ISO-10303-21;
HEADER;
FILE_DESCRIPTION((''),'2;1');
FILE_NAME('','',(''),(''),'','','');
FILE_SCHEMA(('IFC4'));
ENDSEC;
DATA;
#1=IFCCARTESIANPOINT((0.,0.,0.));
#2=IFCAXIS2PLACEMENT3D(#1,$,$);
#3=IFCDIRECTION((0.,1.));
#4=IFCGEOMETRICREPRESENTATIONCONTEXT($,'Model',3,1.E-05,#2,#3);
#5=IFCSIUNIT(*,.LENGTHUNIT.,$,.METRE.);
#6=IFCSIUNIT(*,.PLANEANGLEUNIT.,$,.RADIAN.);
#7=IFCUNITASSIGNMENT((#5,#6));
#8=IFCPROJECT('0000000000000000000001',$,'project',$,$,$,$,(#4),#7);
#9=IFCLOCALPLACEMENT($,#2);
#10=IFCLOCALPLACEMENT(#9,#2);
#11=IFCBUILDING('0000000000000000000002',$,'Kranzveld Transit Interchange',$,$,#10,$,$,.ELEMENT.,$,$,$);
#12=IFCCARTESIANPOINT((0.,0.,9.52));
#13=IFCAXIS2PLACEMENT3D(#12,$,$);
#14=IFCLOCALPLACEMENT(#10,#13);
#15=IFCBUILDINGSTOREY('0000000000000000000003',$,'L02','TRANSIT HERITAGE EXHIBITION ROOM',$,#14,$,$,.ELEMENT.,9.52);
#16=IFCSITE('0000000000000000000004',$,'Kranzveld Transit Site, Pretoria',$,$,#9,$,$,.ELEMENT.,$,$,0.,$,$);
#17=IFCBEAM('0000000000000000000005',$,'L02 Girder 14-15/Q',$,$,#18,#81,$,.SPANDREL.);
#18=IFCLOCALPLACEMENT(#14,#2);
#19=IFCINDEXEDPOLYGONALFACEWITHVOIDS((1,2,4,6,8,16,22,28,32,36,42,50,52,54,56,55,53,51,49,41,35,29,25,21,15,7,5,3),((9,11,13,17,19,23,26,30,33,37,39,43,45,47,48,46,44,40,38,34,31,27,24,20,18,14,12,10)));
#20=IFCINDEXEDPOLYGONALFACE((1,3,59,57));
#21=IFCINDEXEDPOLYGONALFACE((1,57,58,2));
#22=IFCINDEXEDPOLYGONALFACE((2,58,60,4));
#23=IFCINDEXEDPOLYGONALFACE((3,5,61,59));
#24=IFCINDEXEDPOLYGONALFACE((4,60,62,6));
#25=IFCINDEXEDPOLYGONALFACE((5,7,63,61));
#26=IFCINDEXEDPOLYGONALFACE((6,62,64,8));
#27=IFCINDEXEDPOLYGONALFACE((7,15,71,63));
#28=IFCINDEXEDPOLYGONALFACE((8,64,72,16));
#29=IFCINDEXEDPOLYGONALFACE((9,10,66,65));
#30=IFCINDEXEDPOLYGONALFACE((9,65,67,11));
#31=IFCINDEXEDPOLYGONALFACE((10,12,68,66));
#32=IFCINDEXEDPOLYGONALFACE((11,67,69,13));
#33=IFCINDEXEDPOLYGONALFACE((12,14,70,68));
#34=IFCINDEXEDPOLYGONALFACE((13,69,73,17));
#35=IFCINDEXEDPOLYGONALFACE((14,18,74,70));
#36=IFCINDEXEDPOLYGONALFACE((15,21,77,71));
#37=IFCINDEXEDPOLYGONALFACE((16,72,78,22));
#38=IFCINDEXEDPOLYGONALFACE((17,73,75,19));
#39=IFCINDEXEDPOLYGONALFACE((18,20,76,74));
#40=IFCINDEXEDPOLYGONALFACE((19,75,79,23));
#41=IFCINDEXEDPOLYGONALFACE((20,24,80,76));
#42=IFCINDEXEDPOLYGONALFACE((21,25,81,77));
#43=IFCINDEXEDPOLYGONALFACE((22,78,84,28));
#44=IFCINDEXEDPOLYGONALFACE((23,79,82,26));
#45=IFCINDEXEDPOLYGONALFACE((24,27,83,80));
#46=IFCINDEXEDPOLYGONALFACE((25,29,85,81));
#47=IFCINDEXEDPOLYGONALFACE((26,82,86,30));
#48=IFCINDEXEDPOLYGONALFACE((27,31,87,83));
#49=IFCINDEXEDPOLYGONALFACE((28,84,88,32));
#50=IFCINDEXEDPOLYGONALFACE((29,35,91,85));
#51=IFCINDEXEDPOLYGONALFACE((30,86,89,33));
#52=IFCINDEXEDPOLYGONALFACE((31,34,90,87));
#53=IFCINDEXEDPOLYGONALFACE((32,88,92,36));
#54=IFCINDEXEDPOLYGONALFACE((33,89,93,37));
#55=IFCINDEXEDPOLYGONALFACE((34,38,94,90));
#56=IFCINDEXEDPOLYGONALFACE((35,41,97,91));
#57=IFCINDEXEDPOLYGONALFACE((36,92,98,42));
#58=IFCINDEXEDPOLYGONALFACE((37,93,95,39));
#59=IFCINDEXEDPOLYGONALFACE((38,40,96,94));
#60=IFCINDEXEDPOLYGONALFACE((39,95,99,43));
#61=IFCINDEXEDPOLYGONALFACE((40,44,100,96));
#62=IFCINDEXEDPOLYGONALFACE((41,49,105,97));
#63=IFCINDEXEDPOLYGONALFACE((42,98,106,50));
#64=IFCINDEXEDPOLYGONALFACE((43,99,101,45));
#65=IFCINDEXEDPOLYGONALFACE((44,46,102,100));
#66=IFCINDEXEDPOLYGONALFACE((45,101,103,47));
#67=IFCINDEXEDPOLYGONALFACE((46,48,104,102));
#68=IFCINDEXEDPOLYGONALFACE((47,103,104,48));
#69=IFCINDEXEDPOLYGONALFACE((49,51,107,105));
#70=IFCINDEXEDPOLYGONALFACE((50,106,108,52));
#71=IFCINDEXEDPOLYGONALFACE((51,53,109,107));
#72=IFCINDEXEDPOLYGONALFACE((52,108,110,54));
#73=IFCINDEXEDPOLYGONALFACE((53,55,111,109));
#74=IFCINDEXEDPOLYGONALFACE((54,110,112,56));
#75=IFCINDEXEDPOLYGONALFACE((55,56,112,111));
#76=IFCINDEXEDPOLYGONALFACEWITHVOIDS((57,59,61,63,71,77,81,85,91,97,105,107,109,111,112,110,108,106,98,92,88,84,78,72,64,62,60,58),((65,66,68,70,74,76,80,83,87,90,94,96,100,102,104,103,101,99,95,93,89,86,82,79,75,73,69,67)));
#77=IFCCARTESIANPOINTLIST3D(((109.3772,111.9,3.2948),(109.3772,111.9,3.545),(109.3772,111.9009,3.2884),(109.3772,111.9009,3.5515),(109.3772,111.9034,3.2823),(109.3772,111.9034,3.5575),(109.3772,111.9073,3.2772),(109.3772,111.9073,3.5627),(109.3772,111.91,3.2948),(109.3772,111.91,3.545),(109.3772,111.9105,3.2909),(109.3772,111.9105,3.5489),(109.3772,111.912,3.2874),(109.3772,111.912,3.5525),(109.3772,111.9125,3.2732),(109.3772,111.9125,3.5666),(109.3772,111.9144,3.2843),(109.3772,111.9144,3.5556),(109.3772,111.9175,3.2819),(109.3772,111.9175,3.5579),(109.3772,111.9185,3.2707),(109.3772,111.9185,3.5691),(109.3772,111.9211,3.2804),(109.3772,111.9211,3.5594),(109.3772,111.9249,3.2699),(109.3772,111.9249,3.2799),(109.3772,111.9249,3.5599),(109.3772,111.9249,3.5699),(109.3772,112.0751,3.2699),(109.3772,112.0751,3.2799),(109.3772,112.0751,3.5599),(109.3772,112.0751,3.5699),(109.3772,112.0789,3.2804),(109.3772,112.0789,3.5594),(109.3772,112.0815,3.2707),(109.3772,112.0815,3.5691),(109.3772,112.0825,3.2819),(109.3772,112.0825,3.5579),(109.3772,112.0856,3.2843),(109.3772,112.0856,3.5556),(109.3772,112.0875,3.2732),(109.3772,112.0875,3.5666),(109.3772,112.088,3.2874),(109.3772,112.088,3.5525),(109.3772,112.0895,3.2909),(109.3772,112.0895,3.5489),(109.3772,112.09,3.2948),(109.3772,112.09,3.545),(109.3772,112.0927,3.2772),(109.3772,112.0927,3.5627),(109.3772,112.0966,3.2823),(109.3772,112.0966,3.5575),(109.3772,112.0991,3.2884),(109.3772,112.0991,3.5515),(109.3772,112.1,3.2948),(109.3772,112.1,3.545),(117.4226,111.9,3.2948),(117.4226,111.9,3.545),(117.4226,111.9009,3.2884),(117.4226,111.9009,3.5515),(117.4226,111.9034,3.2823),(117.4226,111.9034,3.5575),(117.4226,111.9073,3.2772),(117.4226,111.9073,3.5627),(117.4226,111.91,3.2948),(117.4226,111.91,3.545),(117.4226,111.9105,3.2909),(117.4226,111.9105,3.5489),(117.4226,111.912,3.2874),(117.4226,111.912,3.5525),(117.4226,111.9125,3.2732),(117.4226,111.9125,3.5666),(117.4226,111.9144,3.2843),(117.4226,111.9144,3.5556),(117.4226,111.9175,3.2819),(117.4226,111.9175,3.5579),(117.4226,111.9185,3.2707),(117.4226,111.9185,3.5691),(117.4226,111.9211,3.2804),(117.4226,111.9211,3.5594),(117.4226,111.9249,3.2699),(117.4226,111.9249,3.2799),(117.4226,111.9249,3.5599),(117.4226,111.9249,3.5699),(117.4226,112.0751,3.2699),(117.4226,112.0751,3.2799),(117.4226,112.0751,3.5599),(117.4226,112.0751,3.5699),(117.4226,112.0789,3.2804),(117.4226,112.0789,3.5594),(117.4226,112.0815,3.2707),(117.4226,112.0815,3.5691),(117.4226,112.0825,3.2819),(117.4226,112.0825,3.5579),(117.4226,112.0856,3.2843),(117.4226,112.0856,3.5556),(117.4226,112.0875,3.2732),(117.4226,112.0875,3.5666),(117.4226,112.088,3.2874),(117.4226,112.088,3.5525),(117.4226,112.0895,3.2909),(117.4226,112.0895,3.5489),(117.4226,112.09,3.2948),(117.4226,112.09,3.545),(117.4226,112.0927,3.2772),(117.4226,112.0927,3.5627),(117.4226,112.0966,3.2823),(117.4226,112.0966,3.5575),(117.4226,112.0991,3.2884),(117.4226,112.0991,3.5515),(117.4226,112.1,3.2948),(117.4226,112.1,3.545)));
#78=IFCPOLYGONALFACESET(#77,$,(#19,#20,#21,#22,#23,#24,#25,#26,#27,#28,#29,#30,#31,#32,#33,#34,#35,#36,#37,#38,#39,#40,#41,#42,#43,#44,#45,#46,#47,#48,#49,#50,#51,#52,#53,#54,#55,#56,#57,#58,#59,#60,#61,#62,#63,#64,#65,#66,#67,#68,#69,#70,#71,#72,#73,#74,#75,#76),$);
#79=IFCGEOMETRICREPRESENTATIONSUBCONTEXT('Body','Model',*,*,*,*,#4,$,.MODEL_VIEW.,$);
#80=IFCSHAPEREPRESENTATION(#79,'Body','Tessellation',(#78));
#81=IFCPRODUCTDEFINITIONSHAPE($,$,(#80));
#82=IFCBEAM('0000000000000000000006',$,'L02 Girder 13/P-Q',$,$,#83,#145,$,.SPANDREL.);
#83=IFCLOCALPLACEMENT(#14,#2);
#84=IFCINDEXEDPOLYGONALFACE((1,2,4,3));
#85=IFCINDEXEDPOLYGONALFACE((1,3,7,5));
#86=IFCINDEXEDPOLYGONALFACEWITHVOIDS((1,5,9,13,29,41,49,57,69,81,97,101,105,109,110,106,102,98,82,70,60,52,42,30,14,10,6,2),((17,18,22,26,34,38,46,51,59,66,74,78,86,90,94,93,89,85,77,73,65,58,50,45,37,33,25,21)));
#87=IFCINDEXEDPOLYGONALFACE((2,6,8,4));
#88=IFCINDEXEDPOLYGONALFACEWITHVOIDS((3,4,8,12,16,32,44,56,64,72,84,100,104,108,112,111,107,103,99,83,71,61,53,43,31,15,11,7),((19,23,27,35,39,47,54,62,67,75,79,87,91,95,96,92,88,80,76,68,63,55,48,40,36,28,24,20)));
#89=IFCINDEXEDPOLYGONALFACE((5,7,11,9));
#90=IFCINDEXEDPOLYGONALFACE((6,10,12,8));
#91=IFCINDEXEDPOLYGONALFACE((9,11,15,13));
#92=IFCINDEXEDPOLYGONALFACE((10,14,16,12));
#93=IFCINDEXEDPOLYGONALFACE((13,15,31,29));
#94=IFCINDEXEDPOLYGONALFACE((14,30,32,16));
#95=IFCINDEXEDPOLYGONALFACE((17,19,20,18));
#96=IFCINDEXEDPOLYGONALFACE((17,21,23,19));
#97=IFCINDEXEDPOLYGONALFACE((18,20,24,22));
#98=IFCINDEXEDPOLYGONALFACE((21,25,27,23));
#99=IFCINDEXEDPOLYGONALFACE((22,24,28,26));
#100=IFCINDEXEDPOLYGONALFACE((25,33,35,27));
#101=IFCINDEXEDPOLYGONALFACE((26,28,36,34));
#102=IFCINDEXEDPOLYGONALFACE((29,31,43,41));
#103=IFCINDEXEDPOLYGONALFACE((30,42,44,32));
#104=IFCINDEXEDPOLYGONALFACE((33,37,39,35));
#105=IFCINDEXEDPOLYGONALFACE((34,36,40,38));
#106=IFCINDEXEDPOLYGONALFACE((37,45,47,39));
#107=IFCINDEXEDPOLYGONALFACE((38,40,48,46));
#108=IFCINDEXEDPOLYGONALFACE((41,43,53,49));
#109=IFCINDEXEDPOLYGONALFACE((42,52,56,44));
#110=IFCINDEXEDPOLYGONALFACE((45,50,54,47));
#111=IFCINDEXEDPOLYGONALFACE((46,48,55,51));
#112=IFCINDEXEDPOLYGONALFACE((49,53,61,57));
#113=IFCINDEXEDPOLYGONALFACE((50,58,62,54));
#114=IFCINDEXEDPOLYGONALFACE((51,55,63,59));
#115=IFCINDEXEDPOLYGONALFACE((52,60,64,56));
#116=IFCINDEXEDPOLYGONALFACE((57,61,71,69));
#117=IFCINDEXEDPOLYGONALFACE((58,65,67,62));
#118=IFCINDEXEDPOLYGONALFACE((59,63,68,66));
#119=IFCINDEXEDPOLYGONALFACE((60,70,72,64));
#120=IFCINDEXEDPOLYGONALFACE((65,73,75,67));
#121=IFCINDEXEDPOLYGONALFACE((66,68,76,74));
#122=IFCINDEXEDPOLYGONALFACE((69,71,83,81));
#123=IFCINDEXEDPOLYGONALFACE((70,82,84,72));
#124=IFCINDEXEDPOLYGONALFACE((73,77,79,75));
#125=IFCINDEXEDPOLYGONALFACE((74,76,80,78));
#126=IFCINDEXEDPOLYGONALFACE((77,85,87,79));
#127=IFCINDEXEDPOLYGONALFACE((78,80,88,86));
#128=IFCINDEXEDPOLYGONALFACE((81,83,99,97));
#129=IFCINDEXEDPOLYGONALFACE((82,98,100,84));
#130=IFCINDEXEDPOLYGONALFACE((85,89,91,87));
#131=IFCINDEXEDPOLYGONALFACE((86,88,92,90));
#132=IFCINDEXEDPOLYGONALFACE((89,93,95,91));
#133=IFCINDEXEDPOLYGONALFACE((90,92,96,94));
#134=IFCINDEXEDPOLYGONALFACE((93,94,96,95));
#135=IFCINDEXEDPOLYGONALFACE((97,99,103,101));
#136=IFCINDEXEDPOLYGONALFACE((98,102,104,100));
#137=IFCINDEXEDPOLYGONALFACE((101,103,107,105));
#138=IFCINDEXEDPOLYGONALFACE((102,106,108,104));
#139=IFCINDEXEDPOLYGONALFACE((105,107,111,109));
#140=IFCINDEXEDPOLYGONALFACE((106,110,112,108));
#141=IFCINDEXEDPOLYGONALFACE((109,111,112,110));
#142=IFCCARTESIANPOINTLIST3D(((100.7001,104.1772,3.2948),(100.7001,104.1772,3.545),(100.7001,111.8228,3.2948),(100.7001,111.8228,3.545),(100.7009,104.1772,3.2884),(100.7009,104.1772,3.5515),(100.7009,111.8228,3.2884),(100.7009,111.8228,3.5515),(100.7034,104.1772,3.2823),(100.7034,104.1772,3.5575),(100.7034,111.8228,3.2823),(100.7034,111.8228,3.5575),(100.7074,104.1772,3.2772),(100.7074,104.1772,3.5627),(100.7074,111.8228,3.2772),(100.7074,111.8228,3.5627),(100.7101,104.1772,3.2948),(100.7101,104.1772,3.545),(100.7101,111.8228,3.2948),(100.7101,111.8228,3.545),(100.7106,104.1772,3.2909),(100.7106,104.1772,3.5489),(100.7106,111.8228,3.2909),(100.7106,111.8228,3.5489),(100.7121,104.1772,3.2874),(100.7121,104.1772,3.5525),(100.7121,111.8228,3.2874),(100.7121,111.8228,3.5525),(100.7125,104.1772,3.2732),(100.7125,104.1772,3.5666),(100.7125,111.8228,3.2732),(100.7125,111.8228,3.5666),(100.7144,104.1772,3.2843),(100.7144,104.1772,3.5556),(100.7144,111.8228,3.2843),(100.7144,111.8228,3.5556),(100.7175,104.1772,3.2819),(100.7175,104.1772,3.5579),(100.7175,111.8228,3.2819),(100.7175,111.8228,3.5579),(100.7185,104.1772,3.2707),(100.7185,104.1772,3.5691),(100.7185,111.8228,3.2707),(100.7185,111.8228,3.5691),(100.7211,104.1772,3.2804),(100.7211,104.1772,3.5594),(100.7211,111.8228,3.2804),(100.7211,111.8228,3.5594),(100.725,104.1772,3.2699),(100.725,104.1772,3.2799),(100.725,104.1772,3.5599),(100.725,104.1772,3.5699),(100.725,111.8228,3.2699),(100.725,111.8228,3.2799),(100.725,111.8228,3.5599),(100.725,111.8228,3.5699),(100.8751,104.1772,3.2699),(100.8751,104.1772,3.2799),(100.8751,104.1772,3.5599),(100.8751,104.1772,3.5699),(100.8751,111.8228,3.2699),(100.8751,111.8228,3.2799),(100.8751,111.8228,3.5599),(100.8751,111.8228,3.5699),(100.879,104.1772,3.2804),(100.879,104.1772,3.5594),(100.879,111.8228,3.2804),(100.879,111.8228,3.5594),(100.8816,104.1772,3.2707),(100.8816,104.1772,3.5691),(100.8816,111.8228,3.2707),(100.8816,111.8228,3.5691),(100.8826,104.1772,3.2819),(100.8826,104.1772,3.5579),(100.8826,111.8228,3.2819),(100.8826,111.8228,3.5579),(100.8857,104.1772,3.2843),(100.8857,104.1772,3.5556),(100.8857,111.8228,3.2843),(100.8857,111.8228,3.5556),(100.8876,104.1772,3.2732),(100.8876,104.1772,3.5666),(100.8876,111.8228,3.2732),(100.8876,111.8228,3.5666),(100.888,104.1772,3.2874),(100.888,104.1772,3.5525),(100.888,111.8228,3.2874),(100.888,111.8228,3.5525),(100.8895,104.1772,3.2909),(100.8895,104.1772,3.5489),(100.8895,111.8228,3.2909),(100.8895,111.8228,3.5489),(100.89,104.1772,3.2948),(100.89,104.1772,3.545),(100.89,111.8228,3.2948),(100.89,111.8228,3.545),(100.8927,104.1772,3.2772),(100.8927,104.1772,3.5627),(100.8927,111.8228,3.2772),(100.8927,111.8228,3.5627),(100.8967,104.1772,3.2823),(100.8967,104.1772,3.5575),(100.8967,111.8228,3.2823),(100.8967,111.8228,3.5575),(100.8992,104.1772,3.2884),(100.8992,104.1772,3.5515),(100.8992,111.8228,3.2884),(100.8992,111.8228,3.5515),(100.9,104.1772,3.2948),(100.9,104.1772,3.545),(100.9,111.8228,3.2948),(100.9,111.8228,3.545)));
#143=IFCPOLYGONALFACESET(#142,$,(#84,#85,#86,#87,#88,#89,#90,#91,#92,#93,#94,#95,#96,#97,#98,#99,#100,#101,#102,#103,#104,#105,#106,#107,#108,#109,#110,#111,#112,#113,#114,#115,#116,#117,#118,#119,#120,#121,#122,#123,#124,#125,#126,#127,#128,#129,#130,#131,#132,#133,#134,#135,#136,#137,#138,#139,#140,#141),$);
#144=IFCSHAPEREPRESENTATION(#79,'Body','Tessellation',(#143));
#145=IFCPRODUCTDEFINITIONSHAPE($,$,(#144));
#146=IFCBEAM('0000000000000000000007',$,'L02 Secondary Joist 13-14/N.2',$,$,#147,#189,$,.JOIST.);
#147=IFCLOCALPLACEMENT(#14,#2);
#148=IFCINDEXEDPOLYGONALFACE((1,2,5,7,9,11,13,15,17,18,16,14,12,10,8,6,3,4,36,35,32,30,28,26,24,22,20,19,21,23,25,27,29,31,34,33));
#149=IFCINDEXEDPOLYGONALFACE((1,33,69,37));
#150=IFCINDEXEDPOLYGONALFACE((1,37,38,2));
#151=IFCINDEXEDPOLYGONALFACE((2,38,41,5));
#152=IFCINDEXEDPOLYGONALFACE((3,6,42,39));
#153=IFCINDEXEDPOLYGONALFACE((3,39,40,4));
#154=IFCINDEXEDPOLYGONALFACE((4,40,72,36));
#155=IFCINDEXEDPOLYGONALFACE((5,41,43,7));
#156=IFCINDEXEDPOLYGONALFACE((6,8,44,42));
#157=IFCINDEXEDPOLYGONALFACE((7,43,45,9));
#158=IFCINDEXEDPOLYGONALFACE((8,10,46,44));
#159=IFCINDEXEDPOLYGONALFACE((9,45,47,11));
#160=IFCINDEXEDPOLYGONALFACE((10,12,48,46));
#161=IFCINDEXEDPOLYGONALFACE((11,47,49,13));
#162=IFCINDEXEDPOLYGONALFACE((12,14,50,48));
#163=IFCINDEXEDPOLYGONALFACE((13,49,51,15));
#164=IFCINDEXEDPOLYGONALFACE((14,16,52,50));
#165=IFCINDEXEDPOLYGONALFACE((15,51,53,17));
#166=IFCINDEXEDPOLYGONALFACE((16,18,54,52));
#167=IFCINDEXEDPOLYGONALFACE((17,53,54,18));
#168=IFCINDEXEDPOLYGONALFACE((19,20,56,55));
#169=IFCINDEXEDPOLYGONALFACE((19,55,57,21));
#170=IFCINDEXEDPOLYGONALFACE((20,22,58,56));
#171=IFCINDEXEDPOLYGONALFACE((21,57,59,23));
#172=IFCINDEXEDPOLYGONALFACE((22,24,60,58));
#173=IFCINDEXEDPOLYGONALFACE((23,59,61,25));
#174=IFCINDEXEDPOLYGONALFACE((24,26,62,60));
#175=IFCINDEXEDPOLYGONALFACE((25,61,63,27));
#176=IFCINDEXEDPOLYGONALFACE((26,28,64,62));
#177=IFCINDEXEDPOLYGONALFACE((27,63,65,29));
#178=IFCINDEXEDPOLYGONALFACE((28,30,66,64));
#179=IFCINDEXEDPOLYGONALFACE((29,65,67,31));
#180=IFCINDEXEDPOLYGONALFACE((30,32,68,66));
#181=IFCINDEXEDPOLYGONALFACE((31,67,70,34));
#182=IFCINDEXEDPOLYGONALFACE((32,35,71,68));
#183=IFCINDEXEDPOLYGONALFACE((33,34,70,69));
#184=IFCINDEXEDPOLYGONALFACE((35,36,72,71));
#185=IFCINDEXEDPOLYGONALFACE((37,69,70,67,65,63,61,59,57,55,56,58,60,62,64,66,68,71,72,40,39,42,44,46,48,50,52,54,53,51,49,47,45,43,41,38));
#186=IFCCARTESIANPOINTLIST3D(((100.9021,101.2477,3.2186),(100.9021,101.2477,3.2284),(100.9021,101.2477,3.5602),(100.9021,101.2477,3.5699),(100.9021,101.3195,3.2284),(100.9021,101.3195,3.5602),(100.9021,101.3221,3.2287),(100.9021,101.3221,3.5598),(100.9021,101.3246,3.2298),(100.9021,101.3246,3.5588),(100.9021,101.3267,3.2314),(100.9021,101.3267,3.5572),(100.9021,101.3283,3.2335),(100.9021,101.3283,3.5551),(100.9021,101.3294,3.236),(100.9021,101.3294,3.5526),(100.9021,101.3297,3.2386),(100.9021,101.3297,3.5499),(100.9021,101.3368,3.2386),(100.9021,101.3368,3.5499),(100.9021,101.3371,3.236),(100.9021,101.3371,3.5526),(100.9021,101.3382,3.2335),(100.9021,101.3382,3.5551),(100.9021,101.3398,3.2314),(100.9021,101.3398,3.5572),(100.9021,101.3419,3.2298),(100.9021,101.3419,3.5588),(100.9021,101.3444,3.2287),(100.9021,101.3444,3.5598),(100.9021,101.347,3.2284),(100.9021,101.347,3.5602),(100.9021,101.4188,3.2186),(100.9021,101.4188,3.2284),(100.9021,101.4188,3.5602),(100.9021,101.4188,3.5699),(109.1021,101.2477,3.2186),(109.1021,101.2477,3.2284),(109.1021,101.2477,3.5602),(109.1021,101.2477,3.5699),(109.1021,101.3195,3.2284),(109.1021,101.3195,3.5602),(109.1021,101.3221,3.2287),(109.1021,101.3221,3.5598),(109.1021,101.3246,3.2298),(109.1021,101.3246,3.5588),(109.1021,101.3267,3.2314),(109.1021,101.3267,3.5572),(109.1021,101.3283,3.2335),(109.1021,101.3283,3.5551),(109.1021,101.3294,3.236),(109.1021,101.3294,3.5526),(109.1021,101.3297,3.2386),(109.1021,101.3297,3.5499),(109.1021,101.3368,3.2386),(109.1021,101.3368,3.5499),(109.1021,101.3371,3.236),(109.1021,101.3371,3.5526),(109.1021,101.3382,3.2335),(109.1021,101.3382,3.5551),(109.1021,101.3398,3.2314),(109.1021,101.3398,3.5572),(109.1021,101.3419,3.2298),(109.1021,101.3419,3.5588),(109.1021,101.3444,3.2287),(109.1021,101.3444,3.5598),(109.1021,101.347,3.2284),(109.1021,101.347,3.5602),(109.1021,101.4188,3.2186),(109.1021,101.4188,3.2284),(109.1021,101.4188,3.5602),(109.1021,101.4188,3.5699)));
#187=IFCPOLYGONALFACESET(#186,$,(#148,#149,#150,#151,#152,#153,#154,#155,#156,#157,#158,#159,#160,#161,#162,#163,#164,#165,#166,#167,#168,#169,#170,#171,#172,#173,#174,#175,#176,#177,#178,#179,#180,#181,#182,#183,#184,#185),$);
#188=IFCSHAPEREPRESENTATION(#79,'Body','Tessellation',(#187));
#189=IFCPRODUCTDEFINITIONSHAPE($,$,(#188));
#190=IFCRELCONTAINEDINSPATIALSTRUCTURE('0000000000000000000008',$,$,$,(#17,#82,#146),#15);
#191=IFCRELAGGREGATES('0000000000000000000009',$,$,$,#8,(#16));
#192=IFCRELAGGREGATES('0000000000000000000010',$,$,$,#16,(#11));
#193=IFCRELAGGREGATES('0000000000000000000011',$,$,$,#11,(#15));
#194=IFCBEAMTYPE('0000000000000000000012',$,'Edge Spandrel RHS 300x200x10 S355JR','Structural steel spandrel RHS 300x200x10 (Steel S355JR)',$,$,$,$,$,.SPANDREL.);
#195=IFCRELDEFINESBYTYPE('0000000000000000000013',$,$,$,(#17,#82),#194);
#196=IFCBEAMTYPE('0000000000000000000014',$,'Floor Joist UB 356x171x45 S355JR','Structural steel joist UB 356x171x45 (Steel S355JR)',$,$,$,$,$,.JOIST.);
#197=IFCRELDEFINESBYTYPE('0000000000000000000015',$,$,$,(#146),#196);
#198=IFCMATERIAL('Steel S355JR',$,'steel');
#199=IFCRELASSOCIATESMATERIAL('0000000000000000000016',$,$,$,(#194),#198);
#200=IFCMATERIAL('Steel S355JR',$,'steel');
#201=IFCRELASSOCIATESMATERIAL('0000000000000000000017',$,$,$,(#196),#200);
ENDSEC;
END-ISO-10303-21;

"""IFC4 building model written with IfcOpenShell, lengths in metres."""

from ifc_helpers import new_model, si_unit, direction, frame, origin, origin_2d, place, context, subcontext, project, spatial, hollow_rectangle, i_section, extrude, material, material_profile, profile_set, type_object, element, save


model = new_model("IFC4")

# Units and contexts
model_context = context("Model", 3, precision=1e-05, world=origin(), true_north=direction((0.0, 1.0)))
body_context = subcontext(model_context, "Body", "Model", "MODEL_VIEW")
ifc_project = project(units=[si_unit("LENGTHUNIT", "METRE"), si_unit("PLANEANGLEUNIT", "RADIAN")], contexts=[model_context])

# Site, building, storey
site_placement = place(None, origin())
site = spatial("IfcSite", under=ifc_project, at=site_placement, Name="Kranzveld Transit Site, Pretoria", CompositionType="ELEMENT", RefElevation=0.0)
building_placement = place(site_placement, origin())
building = spatial("IfcBuilding", under=site, at=building_placement, Name="Kranzveld Transit Interchange", CompositionType="ELEMENT")
storey_placement = place(building_placement, frame((0.0, 0.0, 9.52)))
storey = spatial("IfcBuildingStorey", under=building, at=storey_placement, Name="L02", Description="TRANSIT HERITAGE EXHIBITION ROOM", CompositionType="ELEMENT", Elevation=9.52)

# Beams
ifc_material_1 = material(Name="Steel S355JR", Category="steel")
ifc_material_profile_1 = material_profile(ifc_material_1, hollow_rectangle(XDim=0.2, YDim=0.3, WallThickness=0.01, InnerFilletRadius=0.0149, OuterFilletRadius=0.0249, at=origin_2d()), Name="RHS 300x200x10")
ifc_profile_set_1 = profile_set([ifc_material_profile_1], Name="Steel S355JR")
beam_type_1 = type_object("IfcBeamType", Name="Edge Spandrel RHS 300x200x10 S355JR", Description="Structural steel spandrel RHS 300x200x10 (Steel S355JR)", PredefinedType="SPANDREL", material=ifc_profile_set_1)
for number, where, z_axis, x_axis, name in (
    (1, (109.3772, 112.0, 3.4199), (1.0, 0.0, 0.0), (0.0, 1.0, 0.0), "L02 Girder 14-15/Q"),
):
    element("IfcBeam", number, at=place(storey_placement, frame(where, z_axis=z_axis, x_axis=x_axis)), inside=storey, type_object=beam_type_1, Name=name, PredefinedType="SPANDREL", context=body_context, shape_type="SweptSolid", body=[
        extrude(hollow_rectangle(XDim=0.2, YDim=0.3, WallThickness=0.01, InnerFilletRadius=0.0149, OuterFilletRadius=0.0249, at=origin_2d()), origin(), (0.0, 0.0, 1.0), 8.0454),
    ])
beam_1_placement = place(storey_placement, frame((100.8, 104.1772, 3.4199), z_axis=(0.0, 1.0, 0.0), x_axis=(-1.0, 0.0, 0.0)))
element("IfcBeam", 2, at=beam_1_placement, inside=storey, type_object=beam_type_1, Name="L02 Girder 13/P-Q", PredefinedType="SPANDREL", context=body_context, shape_type="SweptSolid", body=[
    extrude(hollow_rectangle(XDim=0.2, YDim=0.3, WallThickness=0.01, InnerFilletRadius=0.0149, OuterFilletRadius=0.0249, at=origin_2d()), origin(), (0.0, 0.0, 1.0), 7.6455),
])
ifc_material_2 = material(Name="Steel S355JR", Category="steel")
ifc_material_profile_2 = material_profile(ifc_material_2, i_section(OverallWidth=0.1711, OverallDepth=0.3513, WebThickness=0.0071, FlangeThickness=0.0098, FilletRadius=0.0103, at=origin_2d()), Name="UB 356x171x45")
ifc_profile_set_2 = profile_set([ifc_material_profile_2], Name="Steel S355JR")
beam_type_2 = type_object("IfcBeamType", Name="Floor Joist UB 356x171x45 S355JR", Description="Structural steel joist UB 356x171x45 (Steel S355JR)", PredefinedType="JOIST", material=ifc_profile_set_2)
for number, where, z_axis, x_axis, name in (
    (3, (100.9021, 101.3333, 3.3943), (1.0, 0.0, 0.0), (0.0, 1.0, 0.0), "L02 Secondary Joist 13-14/N.2"),
):
    element("IfcBeam", number, at=place(storey_placement, frame(where, z_axis=z_axis, x_axis=x_axis)), inside=storey, type_object=beam_type_2, Name=name, PredefinedType="JOIST", context=body_context, shape_type="SweptSolid", body=[
        extrude(i_section(OverallWidth=0.1711, OverallDepth=0.3513, WebThickness=0.0071, FlangeThickness=0.0098, FilletRadius=0.0103, at=origin_2d()), origin(), (0.0, 0.0, 1.0), 8.2),
    ])

save(model, "model.ifc")
